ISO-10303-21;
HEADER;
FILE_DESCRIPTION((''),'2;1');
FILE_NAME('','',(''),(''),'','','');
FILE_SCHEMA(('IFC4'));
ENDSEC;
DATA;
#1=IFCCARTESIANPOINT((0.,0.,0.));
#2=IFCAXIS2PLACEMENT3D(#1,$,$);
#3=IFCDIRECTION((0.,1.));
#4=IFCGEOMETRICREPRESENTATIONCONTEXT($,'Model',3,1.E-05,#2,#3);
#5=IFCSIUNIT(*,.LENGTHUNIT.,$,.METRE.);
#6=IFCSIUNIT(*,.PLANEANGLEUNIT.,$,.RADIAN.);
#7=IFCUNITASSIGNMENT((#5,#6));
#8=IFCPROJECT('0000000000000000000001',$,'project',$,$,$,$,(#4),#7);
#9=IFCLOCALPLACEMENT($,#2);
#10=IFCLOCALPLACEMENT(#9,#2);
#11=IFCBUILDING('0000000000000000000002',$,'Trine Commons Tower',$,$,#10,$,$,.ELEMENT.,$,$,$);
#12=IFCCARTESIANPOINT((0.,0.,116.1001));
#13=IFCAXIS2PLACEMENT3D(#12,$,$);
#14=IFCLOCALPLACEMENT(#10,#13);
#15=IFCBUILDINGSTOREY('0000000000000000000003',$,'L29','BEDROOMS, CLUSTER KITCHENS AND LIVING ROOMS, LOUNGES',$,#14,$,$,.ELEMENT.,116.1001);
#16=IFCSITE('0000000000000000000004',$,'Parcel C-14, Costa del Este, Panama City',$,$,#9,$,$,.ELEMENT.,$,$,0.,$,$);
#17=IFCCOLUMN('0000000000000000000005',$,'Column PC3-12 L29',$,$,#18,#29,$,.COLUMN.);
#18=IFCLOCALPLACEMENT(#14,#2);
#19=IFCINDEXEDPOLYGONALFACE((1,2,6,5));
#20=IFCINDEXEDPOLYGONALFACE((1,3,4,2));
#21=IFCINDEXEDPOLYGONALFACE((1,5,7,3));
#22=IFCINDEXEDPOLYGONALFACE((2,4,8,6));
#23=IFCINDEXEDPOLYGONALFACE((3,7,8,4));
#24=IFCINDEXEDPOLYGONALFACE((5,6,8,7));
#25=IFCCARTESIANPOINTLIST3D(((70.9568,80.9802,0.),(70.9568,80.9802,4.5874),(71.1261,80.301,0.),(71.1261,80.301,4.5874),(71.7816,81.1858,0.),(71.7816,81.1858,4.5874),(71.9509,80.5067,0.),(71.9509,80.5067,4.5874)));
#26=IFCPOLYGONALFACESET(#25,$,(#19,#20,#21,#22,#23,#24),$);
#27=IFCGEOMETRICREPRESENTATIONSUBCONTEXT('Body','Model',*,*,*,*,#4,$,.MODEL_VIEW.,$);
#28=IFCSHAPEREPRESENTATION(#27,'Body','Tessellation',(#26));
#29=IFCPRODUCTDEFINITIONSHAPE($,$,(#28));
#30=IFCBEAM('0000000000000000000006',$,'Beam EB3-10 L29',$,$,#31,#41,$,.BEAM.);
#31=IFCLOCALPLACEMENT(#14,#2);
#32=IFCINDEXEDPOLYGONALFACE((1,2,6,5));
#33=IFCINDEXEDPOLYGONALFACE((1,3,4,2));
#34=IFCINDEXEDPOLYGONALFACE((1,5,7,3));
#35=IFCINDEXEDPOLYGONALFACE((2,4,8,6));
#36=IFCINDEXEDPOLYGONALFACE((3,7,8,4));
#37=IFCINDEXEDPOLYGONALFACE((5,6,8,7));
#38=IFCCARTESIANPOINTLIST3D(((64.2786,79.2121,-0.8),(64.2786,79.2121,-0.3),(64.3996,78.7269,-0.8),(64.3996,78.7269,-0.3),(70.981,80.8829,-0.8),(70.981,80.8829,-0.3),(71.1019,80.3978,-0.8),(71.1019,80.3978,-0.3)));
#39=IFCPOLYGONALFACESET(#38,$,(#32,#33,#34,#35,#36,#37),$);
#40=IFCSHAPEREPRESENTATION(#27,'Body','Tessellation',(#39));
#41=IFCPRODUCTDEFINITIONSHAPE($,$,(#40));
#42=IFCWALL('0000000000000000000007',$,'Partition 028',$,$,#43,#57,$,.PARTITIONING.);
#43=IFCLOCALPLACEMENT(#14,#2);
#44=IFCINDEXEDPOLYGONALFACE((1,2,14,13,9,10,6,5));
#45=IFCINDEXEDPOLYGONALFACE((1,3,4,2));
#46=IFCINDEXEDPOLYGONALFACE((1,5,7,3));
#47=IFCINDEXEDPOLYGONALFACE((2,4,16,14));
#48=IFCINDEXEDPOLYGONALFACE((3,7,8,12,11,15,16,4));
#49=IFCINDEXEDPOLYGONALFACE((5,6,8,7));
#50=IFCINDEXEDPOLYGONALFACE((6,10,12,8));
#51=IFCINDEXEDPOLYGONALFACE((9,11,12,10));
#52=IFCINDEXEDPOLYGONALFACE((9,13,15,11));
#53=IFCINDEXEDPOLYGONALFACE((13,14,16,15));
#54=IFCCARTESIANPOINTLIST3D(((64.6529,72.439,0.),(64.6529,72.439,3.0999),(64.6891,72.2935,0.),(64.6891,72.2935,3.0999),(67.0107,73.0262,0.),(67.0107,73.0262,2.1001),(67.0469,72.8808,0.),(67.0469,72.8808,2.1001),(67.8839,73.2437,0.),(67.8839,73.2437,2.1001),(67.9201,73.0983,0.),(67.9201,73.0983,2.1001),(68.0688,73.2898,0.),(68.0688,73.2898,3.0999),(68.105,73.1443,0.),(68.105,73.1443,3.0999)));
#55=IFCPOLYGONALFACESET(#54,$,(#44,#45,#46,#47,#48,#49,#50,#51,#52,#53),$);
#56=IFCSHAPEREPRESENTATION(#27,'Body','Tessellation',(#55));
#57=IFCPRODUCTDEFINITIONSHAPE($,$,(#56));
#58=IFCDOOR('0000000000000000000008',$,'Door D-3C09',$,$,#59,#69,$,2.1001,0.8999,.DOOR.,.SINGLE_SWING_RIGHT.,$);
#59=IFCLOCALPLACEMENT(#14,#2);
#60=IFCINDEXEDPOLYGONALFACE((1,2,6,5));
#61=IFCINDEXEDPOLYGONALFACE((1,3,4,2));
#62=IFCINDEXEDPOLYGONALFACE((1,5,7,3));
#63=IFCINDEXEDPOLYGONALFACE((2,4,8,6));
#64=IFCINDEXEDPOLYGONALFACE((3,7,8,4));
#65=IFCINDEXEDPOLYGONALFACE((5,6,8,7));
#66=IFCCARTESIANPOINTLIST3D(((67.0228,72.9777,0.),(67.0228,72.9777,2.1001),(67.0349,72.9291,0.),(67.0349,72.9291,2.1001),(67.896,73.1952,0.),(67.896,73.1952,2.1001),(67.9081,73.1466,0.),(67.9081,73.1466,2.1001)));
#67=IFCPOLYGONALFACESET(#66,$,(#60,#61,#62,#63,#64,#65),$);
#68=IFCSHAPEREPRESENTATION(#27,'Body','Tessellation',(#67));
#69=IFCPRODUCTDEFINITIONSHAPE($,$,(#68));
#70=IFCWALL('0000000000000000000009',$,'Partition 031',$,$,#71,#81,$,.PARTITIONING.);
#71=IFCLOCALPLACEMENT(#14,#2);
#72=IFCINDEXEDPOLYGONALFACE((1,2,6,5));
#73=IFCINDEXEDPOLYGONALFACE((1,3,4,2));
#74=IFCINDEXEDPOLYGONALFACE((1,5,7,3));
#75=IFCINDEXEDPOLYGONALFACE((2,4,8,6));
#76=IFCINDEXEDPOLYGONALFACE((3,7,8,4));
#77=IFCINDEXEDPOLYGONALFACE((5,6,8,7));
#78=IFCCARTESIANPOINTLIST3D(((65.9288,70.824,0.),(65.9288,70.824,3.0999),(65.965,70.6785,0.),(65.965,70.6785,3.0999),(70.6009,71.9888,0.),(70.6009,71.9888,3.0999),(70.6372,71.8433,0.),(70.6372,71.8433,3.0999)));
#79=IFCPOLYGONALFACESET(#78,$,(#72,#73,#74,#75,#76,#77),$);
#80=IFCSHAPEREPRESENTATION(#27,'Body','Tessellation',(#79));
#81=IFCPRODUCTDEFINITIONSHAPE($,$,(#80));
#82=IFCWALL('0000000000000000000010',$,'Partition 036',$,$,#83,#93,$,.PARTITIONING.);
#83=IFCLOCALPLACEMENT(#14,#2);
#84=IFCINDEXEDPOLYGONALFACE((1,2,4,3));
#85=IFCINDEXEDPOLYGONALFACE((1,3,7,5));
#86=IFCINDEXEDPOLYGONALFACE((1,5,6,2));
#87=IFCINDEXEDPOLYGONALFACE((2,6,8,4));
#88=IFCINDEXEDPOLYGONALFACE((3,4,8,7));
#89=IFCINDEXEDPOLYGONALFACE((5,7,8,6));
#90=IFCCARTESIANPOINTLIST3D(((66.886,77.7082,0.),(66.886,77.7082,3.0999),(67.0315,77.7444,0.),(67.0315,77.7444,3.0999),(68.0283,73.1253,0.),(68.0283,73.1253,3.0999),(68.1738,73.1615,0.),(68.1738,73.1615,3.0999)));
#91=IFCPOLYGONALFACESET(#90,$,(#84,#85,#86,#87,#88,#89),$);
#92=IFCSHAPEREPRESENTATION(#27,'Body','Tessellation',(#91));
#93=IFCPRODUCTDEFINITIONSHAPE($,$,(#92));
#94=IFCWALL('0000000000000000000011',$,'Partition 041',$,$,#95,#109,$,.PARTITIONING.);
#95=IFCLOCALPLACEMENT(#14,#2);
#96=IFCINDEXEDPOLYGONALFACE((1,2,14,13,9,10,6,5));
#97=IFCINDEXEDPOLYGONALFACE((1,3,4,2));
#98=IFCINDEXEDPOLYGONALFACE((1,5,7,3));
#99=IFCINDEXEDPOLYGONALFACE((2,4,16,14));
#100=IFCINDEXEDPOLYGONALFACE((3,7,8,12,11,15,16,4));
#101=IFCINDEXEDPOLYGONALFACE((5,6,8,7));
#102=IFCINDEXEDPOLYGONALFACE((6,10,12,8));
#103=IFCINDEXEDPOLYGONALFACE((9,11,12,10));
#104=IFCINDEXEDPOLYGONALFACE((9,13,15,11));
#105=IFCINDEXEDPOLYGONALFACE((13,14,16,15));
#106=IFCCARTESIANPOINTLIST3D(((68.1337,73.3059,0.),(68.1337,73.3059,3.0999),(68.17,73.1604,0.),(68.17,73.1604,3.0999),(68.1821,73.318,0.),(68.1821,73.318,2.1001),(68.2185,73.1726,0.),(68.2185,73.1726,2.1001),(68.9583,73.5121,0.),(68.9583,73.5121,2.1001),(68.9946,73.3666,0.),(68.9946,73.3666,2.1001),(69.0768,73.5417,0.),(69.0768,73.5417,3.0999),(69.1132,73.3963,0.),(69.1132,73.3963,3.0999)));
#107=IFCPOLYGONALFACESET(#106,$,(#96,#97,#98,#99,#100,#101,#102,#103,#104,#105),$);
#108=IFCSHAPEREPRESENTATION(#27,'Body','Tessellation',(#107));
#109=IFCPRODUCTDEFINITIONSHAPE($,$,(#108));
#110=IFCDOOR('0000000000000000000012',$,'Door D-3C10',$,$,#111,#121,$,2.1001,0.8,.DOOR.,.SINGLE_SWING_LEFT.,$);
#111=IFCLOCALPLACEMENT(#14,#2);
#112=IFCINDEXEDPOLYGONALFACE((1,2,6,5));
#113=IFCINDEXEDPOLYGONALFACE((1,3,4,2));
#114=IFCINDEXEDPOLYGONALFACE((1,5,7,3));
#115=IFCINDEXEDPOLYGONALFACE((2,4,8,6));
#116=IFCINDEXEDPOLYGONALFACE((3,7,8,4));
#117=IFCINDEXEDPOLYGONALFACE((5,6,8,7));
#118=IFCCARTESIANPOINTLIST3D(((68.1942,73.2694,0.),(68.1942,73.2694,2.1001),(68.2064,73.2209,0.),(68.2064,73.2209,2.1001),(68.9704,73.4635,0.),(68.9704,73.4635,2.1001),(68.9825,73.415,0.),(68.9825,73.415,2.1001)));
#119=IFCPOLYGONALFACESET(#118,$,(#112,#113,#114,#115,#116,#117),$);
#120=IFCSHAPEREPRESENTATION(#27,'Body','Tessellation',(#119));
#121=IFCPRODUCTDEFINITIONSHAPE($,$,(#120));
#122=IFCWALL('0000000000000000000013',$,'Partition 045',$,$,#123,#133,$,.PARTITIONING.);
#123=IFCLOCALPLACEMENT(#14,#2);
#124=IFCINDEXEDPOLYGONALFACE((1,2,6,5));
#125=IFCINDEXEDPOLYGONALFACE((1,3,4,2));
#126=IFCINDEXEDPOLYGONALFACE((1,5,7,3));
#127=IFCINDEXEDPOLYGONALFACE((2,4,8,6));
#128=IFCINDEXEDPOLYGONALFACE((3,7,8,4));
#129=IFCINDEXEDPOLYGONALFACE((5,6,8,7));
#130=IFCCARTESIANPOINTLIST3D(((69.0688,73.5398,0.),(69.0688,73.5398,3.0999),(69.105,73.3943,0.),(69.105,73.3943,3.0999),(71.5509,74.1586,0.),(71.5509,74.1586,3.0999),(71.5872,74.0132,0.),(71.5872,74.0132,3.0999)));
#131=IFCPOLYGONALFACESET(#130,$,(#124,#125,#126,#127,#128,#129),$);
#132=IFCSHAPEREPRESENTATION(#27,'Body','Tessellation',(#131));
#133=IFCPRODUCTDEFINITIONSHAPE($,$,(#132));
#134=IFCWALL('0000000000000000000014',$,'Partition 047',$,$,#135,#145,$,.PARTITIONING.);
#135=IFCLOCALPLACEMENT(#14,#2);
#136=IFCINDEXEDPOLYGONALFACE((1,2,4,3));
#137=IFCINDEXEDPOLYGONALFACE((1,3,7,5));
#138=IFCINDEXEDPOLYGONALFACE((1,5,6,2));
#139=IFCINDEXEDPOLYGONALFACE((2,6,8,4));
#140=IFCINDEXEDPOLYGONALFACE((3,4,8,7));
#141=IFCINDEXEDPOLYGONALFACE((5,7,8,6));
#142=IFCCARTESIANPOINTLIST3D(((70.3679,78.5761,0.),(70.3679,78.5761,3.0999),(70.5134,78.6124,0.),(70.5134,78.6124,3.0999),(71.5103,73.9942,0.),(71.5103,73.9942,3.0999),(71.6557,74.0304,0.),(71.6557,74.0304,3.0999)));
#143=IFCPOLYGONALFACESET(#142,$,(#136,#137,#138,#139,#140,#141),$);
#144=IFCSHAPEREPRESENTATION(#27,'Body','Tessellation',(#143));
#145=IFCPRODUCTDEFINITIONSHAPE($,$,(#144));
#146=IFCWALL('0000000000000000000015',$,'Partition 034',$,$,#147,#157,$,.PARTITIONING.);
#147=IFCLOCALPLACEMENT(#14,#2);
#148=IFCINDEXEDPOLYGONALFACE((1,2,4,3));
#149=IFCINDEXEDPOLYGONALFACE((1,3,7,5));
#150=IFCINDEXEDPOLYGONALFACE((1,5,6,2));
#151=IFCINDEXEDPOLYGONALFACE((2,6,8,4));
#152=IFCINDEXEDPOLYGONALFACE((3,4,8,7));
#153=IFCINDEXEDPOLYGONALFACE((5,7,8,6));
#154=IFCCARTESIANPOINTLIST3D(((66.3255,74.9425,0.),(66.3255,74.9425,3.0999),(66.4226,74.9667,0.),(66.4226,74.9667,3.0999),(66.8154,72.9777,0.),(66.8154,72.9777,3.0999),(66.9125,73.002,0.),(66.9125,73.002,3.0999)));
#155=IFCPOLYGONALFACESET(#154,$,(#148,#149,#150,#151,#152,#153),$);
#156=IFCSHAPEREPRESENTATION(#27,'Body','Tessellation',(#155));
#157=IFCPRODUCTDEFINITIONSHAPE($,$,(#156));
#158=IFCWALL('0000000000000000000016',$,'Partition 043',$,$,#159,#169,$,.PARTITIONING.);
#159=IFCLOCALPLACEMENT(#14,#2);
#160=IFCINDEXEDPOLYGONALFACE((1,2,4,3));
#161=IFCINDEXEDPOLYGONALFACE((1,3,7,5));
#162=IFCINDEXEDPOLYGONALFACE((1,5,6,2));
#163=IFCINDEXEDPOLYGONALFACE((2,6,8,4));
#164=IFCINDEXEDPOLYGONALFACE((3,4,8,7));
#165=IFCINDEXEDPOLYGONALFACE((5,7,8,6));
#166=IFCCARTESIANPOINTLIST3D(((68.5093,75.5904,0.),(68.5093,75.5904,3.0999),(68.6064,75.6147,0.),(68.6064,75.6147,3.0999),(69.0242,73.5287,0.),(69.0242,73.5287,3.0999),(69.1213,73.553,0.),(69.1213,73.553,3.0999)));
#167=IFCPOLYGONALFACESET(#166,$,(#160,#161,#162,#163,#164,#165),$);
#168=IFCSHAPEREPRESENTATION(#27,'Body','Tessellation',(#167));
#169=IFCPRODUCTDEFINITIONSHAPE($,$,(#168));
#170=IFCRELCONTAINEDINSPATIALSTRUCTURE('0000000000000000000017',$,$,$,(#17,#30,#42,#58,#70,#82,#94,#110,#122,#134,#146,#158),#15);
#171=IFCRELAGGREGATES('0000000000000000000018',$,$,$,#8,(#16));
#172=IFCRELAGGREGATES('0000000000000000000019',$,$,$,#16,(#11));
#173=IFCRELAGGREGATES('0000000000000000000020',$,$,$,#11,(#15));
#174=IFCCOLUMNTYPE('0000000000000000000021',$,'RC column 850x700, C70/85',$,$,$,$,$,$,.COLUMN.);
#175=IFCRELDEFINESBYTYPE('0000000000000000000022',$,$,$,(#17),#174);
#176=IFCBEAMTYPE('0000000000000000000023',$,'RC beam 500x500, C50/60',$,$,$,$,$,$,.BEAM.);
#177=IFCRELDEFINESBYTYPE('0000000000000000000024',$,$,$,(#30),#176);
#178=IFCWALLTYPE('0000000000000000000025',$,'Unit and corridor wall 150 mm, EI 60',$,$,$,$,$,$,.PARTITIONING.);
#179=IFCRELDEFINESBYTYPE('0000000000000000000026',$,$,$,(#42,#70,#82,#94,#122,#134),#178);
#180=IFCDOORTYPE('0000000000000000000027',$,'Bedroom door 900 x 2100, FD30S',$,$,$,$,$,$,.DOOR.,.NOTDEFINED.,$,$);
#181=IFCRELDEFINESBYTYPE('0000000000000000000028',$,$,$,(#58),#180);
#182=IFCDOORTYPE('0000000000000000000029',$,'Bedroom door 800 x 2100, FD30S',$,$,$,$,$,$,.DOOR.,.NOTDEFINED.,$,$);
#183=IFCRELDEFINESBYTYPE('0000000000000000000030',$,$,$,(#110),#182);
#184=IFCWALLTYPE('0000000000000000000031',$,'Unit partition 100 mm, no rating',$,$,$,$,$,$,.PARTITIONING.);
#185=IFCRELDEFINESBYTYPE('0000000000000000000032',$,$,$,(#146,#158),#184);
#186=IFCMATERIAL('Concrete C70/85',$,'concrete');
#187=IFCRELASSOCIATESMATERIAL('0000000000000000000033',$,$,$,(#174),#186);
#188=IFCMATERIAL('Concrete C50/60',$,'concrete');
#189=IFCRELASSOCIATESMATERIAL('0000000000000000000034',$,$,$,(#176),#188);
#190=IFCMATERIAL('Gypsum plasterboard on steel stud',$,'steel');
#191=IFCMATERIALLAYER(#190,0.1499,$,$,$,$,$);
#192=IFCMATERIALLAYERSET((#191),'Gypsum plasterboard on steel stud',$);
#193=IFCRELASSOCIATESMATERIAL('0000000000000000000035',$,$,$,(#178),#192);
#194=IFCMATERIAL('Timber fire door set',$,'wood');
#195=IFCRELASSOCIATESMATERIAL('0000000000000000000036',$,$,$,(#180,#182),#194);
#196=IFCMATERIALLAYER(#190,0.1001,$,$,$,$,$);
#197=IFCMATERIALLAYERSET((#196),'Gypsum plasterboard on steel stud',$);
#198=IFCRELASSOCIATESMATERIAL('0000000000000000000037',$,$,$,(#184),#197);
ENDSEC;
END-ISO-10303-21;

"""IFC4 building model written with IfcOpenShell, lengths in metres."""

from ifc_helpers import new_model, si_unit, direction, frame, frame_2d, origin, origin_2d, place, context, subcontext, project, spatial, rectangle, extrude, material, layer, layer_set, material_profile, profile_set, type_object, element, fill, save


model = new_model("IFC4")

# Units and contexts
model_context = context("Model", 3, precision=1e-05, world=origin(), true_north=direction((0.0, 1.0)))
body_context = subcontext(model_context, "Body", "Model", "MODEL_VIEW")
ifc_project = project(units=[si_unit("LENGTHUNIT", "METRE"), si_unit("PLANEANGLEUNIT", "RADIAN")], contexts=[model_context])

# Site, building, storey
site_placement = place(None, origin())
site = spatial("IfcSite", under=ifc_project, at=site_placement, Name="Parcel C-14, Costa del Este, Panama City", CompositionType="ELEMENT", RefElevation=0.0)
building_placement = place(site_placement, origin())
building = spatial("IfcBuilding", under=site, at=building_placement, Name="Trine Commons Tower", CompositionType="ELEMENT")
storey_placement = place(building_placement, frame((0.0, 0.0, 116.1001)))
storey = spatial("IfcBuildingStorey", under=building, at=storey_placement, Name="L29", Description="BEDROOMS, CLUSTER KITCHENS AND LIVING ROOMS, LOUNGES", CompositionType="ELEMENT", Elevation=116.1001)

# Column
ifc_material_1 = material(Name="Concrete C70/85", Category="concrete")
ifc_material_profile_1 = material_profile(ifc_material_1, rectangle(XDim=0.8501, YDim=0.7, at=origin_2d()), Name="RC 850x700")
ifc_profile_set_1 = profile_set([ifc_material_profile_1], Name="Concrete C70/85")
column_type = type_object("IfcColumnType", Name="RC column 850x700, C70/85", PredefinedType="COLUMN", material=ifc_profile_set_1)
column_placement = place(storey_placement, frame((71.4539, 80.7434, 0.0), z_axis=(0.0, 0.0, 1.0), x_axis=(0.970296, 0.241922, 0.0)))
element("IfcColumn", 1, at=column_placement, inside=storey, type_object=column_type, Name="Column PC3-12 L29", PredefinedType="COLUMN", context=body_context, shape_type="SweptSolid", body=[
    extrude(rectangle(XDim=0.8501, YDim=0.7, at=origin_2d()), origin(), (0.0, 0.0, 1.0), 4.5874),
])

# Beam
ifc_material_2 = material(Name="Concrete C50/60", Category="concrete")
ifc_material_profile_2 = material_profile(ifc_material_2, rectangle(XDim=0.5, YDim=0.5, at=origin_2d()), Name="RC 500x500")
ifc_profile_set_2 = profile_set([ifc_material_profile_2], Name="Concrete C50/60")
beam_type = type_object("IfcBeamType", Name="RC beam 500x500, C50/60", PredefinedType="BEAM", material=ifc_profile_set_2)
beam_placement = place(storey_placement, frame((64.3391, 78.9695, -0.55), z_axis=(0.970302, 0.241895, 0.0), x_axis=(-0.241895, 0.970302, 0.0)))
element("IfcBeam", 2, at=beam_placement, inside=storey, type_object=beam_type, Name="Beam EB3-10 L29", PredefinedType="BEAM", context=body_context, shape_type="SweptSolid", body=[
    extrude(rectangle(XDim=0.5, YDim=0.5, at=origin_2d()), origin(), (0.0, 0.0, 1.0), 6.9075),
])

# Wall, opening, door
ifc_material_3 = material(Name="Gypsum plasterboard on steel stud", Category="steel")
ifc_layer_1 = layer(ifc_material_3, 0.1499)
ifc_layer_set_1 = layer_set([ifc_layer_1], Name="Gypsum plasterboard on steel stud")
wall_type_1 = type_object("IfcWallType", Name="Unit and corridor wall 150 mm, EI 60", PredefinedType="PARTITIONING", material=ifc_layer_set_1)
wall_1_placement = place(storey_placement, frame((64.6709, 72.3662, 0.0), z_axis=(0.0, 0.0, 1.0), x_axis=(0.970354, 0.241687, 0.0)))
wall_1 = element("IfcWall", 3, at=wall_1_placement, inside=storey, type_object=wall_type_1, Name="Partition 028", PredefinedType="PARTITIONING", context=body_context, shape_type="SweptSolid", body=[
    extrude(rectangle(XDim=3.5203, YDim=0.1499, at=frame_2d((1.7603, 0.0))), origin(), (0.0, 0.0, 1.0), 3.0999),
])
opening_1_placement = place(wall_1_placement, frame((2.4299, 0.0, 0.0)))
opening_1 = element("IfcOpeningElement", 4, at=opening_1_placement, cuts=wall_1, PredefinedType="OPENING", context=body_context, shape_type="SweptSolid", body=[
    extrude(rectangle(XDim=0.8999, YDim=2.1001, at=frame_2d((0.45, 1.05))), frame((0.0, 0.085, 0.0), z_axis=(0.0, -1.0, 0.0), x_axis=(1.0, 0.0, 0.0)), (0.0, 0.0, 1.0), 0.1699),
])
ifc_material_4 = material(Name="Timber fire door set", Category="wood")
door_type_1 = type_object("IfcDoorType", Name="Bedroom door 900 x 2100, FD30S", OperationType="NOTDEFINED", PredefinedType="DOOR", material=ifc_material_4)
door_1_placement = place(opening_1_placement, origin())
door_1 = element("IfcDoor", 5, at=door_1_placement, inside=storey, type_object=door_type_1, Name="Door D-3C09", OperationType="SINGLE_SWING_RIGHT", OverallHeight=2.1001, OverallWidth=0.8999, PredefinedType="DOOR", context=body_context, shape_type="SweptSolid", body=[
    extrude(rectangle(XDim=0.8999, YDim=2.1001, at=frame_2d((0.45, 1.05))), frame((0.0, 0.0249, 0.0), z_axis=(0.0, -1.0, 0.0), x_axis=(1.0, 0.0, 0.0)), (0.0, 0.0, 1.0), 0.05),
])
fill(opening_1, door_1)

# Walls
wall_2_placement = place(storey_placement, frame((65.9468, 70.7512, 0.0), z_axis=(0.0, 0.0, 1.0), x_axis=(0.9703, 0.241903, 0.0)))
element("IfcWall", 6, at=wall_2_placement, inside=storey, type_object=wall_type_1, Name="Partition 031", PredefinedType="PARTITIONING", context=body_context, shape_type="SweptSolid", body=[
    extrude(rectangle(XDim=4.8152, YDim=0.1499, at=frame_2d((2.4077, 0.0))), origin(), (0.0, 0.0, 1.0), 3.0999),
])
wall_3_placement = place(storey_placement, frame((66.9587, 77.7263, 0.0), z_axis=(0.0, 0.0, 1.0), x_axis=(0.241854, -0.970313, 0.0)))
element("IfcWall", 7, at=wall_3_placement, inside=storey, type_object=wall_type_1, Name="Partition 036", PredefinedType="PARTITIONING", context=body_context, shape_type="SweptSolid", body=[
    extrude(rectangle(XDim=4.7231, YDim=0.1499, at=frame_2d((2.3616, 0.0))), origin(), (0.0, 0.0, 1.0), 3.0999),
])

# Wall, opening, door
wall_4_placement = place(storey_placement, frame((68.1519, 73.2332, 0.0), z_axis=(0.0, 0.0, 1.0), x_axis=(0.970128, 0.242595, 0.0)))
wall_4 = element("IfcWall", 8, at=wall_4_placement, inside=storey, type_object=wall_type_1, Name="Partition 041", PredefinedType="PARTITIONING", context=body_context, shape_type="SweptSolid", body=[
    extrude(rectangle(XDim=0.9722, YDim=0.1499, at=frame_2d((0.4861, 0.0))), origin(), (0.0, 0.0, 1.0), 3.0999),
])
opening_2_placement = place(wall_4_placement, frame((0.05, 0.0, 0.0)))
opening_2 = element("IfcOpeningElement", 9, at=opening_2_placement, cuts=wall_4, PredefinedType="OPENING", context=body_context, shape_type="SweptSolid", body=[
    extrude(rectangle(XDim=0.8, YDim=2.1001, at=frame_2d((0.3999, 1.05))), frame((0.0, 0.085, 0.0), z_axis=(0.0, -1.0, 0.0), x_axis=(1.0, 0.0, 0.0)), (0.0, 0.0, 1.0), 0.1699),
])
door_type_2 = type_object("IfcDoorType", Name="Bedroom door 800 x 2100, FD30S", OperationType="NOTDEFINED", PredefinedType="DOOR", material=ifc_material_4)
door_2_placement = place(opening_2_placement, origin())
door_2 = element("IfcDoor", 10, at=door_2_placement, inside=storey, type_object=door_type_2, Name="Door D-3C10", OperationType="SINGLE_SWING_LEFT", OverallHeight=2.1001, OverallWidth=0.8, PredefinedType="DOOR", context=body_context, shape_type="SweptSolid", body=[
    extrude(rectangle(XDim=0.8, YDim=2.1001, at=frame_2d((0.3999, 1.05))), frame((0.0, 0.0249, 0.0), z_axis=(0.0, -1.0, 0.0), x_axis=(1.0, 0.0, 0.0)), (0.0, 0.0, 1.0), 0.05),
])
fill(opening_2, door_2)

# Walls
wall_5_placement = place(storey_placement, frame((69.0869, 73.467, 0.0), z_axis=(0.0, 0.0, 1.0), x_axis=(0.970294, 0.241929, 0.0)))
element("IfcWall", 11, at=wall_5_placement, inside=storey, type_object=wall_type_1, Name="Partition 045", PredefinedType="PARTITIONING", context=body_context, shape_type="SweptSolid", body=[
    extrude(rectangle(XDim=2.5581, YDim=0.1499, at=frame_2d((1.2791, 0.0))), origin(), (0.0, 0.0, 1.0), 3.0999),
])
wall_6_placement = place(storey_placement, frame((70.4407, 78.5942, 0.0), z_axis=(0.0, 0.0, 1.0), x_axis=(0.241903, -0.9703, 0.0)))
element("IfcWall", 12, at=wall_6_placement, inside=storey, type_object=wall_type_1, Name="Partition 047", PredefinedType="PARTITIONING", context=body_context, shape_type="SweptSolid", body=[
    extrude(rectangle(XDim=4.7222, YDim=0.1499, at=frame_2d((2.3611, 0.0))), origin(), (0.0, 0.0, 1.0), 3.0999),
])
ifc_layer_2 = layer(ifc_material_3, 0.1001)
ifc_layer_set_2 = layer_set([ifc_layer_2], Name="Gypsum plasterboard on steel stud")
wall_type_2 = type_object("IfcWallType", Name="Unit partition 100 mm, no rating", PredefinedType="PARTITIONING", material=ifc_layer_set_2)
wall_7_placement = place(storey_placement, frame((66.374, 74.9546, 0.0), z_axis=(0.0, 0.0, 1.0), x_axis=(0.241968, -0.970284, 0.0)))
element("IfcWall", 13, at=wall_7_placement, inside=storey, type_object=wall_type_2, Name="Partition 034", PredefinedType="PARTITIONING", context=body_context, shape_type="SweptSolid", body=[
    extrude(rectangle(XDim=2.0249, YDim=0.1001, at=frame_2d((1.0125, 0.0))), origin(), (0.0, 0.0, 1.0), 3.0999),
])
wall_8_placement = place(storey_placement, frame((68.5579, 75.6025, 0.0), z_axis=(0.0, 0.0, 1.0), x_axis=(0.242292, -0.970203, 0.0)))
element("IfcWall", 14, at=wall_8_placement, inside=storey, type_object=wall_type_2, Name="Partition 043", PredefinedType="PARTITIONING", context=body_context, shape_type="SweptSolid", body=[
    extrude(rectangle(XDim=2.125, YDim=0.1001, at=frame_2d((1.0625, 0.0))), origin(), (0.0, 0.0, 1.0), 3.0999),
])

save(model, "model.ifc")
